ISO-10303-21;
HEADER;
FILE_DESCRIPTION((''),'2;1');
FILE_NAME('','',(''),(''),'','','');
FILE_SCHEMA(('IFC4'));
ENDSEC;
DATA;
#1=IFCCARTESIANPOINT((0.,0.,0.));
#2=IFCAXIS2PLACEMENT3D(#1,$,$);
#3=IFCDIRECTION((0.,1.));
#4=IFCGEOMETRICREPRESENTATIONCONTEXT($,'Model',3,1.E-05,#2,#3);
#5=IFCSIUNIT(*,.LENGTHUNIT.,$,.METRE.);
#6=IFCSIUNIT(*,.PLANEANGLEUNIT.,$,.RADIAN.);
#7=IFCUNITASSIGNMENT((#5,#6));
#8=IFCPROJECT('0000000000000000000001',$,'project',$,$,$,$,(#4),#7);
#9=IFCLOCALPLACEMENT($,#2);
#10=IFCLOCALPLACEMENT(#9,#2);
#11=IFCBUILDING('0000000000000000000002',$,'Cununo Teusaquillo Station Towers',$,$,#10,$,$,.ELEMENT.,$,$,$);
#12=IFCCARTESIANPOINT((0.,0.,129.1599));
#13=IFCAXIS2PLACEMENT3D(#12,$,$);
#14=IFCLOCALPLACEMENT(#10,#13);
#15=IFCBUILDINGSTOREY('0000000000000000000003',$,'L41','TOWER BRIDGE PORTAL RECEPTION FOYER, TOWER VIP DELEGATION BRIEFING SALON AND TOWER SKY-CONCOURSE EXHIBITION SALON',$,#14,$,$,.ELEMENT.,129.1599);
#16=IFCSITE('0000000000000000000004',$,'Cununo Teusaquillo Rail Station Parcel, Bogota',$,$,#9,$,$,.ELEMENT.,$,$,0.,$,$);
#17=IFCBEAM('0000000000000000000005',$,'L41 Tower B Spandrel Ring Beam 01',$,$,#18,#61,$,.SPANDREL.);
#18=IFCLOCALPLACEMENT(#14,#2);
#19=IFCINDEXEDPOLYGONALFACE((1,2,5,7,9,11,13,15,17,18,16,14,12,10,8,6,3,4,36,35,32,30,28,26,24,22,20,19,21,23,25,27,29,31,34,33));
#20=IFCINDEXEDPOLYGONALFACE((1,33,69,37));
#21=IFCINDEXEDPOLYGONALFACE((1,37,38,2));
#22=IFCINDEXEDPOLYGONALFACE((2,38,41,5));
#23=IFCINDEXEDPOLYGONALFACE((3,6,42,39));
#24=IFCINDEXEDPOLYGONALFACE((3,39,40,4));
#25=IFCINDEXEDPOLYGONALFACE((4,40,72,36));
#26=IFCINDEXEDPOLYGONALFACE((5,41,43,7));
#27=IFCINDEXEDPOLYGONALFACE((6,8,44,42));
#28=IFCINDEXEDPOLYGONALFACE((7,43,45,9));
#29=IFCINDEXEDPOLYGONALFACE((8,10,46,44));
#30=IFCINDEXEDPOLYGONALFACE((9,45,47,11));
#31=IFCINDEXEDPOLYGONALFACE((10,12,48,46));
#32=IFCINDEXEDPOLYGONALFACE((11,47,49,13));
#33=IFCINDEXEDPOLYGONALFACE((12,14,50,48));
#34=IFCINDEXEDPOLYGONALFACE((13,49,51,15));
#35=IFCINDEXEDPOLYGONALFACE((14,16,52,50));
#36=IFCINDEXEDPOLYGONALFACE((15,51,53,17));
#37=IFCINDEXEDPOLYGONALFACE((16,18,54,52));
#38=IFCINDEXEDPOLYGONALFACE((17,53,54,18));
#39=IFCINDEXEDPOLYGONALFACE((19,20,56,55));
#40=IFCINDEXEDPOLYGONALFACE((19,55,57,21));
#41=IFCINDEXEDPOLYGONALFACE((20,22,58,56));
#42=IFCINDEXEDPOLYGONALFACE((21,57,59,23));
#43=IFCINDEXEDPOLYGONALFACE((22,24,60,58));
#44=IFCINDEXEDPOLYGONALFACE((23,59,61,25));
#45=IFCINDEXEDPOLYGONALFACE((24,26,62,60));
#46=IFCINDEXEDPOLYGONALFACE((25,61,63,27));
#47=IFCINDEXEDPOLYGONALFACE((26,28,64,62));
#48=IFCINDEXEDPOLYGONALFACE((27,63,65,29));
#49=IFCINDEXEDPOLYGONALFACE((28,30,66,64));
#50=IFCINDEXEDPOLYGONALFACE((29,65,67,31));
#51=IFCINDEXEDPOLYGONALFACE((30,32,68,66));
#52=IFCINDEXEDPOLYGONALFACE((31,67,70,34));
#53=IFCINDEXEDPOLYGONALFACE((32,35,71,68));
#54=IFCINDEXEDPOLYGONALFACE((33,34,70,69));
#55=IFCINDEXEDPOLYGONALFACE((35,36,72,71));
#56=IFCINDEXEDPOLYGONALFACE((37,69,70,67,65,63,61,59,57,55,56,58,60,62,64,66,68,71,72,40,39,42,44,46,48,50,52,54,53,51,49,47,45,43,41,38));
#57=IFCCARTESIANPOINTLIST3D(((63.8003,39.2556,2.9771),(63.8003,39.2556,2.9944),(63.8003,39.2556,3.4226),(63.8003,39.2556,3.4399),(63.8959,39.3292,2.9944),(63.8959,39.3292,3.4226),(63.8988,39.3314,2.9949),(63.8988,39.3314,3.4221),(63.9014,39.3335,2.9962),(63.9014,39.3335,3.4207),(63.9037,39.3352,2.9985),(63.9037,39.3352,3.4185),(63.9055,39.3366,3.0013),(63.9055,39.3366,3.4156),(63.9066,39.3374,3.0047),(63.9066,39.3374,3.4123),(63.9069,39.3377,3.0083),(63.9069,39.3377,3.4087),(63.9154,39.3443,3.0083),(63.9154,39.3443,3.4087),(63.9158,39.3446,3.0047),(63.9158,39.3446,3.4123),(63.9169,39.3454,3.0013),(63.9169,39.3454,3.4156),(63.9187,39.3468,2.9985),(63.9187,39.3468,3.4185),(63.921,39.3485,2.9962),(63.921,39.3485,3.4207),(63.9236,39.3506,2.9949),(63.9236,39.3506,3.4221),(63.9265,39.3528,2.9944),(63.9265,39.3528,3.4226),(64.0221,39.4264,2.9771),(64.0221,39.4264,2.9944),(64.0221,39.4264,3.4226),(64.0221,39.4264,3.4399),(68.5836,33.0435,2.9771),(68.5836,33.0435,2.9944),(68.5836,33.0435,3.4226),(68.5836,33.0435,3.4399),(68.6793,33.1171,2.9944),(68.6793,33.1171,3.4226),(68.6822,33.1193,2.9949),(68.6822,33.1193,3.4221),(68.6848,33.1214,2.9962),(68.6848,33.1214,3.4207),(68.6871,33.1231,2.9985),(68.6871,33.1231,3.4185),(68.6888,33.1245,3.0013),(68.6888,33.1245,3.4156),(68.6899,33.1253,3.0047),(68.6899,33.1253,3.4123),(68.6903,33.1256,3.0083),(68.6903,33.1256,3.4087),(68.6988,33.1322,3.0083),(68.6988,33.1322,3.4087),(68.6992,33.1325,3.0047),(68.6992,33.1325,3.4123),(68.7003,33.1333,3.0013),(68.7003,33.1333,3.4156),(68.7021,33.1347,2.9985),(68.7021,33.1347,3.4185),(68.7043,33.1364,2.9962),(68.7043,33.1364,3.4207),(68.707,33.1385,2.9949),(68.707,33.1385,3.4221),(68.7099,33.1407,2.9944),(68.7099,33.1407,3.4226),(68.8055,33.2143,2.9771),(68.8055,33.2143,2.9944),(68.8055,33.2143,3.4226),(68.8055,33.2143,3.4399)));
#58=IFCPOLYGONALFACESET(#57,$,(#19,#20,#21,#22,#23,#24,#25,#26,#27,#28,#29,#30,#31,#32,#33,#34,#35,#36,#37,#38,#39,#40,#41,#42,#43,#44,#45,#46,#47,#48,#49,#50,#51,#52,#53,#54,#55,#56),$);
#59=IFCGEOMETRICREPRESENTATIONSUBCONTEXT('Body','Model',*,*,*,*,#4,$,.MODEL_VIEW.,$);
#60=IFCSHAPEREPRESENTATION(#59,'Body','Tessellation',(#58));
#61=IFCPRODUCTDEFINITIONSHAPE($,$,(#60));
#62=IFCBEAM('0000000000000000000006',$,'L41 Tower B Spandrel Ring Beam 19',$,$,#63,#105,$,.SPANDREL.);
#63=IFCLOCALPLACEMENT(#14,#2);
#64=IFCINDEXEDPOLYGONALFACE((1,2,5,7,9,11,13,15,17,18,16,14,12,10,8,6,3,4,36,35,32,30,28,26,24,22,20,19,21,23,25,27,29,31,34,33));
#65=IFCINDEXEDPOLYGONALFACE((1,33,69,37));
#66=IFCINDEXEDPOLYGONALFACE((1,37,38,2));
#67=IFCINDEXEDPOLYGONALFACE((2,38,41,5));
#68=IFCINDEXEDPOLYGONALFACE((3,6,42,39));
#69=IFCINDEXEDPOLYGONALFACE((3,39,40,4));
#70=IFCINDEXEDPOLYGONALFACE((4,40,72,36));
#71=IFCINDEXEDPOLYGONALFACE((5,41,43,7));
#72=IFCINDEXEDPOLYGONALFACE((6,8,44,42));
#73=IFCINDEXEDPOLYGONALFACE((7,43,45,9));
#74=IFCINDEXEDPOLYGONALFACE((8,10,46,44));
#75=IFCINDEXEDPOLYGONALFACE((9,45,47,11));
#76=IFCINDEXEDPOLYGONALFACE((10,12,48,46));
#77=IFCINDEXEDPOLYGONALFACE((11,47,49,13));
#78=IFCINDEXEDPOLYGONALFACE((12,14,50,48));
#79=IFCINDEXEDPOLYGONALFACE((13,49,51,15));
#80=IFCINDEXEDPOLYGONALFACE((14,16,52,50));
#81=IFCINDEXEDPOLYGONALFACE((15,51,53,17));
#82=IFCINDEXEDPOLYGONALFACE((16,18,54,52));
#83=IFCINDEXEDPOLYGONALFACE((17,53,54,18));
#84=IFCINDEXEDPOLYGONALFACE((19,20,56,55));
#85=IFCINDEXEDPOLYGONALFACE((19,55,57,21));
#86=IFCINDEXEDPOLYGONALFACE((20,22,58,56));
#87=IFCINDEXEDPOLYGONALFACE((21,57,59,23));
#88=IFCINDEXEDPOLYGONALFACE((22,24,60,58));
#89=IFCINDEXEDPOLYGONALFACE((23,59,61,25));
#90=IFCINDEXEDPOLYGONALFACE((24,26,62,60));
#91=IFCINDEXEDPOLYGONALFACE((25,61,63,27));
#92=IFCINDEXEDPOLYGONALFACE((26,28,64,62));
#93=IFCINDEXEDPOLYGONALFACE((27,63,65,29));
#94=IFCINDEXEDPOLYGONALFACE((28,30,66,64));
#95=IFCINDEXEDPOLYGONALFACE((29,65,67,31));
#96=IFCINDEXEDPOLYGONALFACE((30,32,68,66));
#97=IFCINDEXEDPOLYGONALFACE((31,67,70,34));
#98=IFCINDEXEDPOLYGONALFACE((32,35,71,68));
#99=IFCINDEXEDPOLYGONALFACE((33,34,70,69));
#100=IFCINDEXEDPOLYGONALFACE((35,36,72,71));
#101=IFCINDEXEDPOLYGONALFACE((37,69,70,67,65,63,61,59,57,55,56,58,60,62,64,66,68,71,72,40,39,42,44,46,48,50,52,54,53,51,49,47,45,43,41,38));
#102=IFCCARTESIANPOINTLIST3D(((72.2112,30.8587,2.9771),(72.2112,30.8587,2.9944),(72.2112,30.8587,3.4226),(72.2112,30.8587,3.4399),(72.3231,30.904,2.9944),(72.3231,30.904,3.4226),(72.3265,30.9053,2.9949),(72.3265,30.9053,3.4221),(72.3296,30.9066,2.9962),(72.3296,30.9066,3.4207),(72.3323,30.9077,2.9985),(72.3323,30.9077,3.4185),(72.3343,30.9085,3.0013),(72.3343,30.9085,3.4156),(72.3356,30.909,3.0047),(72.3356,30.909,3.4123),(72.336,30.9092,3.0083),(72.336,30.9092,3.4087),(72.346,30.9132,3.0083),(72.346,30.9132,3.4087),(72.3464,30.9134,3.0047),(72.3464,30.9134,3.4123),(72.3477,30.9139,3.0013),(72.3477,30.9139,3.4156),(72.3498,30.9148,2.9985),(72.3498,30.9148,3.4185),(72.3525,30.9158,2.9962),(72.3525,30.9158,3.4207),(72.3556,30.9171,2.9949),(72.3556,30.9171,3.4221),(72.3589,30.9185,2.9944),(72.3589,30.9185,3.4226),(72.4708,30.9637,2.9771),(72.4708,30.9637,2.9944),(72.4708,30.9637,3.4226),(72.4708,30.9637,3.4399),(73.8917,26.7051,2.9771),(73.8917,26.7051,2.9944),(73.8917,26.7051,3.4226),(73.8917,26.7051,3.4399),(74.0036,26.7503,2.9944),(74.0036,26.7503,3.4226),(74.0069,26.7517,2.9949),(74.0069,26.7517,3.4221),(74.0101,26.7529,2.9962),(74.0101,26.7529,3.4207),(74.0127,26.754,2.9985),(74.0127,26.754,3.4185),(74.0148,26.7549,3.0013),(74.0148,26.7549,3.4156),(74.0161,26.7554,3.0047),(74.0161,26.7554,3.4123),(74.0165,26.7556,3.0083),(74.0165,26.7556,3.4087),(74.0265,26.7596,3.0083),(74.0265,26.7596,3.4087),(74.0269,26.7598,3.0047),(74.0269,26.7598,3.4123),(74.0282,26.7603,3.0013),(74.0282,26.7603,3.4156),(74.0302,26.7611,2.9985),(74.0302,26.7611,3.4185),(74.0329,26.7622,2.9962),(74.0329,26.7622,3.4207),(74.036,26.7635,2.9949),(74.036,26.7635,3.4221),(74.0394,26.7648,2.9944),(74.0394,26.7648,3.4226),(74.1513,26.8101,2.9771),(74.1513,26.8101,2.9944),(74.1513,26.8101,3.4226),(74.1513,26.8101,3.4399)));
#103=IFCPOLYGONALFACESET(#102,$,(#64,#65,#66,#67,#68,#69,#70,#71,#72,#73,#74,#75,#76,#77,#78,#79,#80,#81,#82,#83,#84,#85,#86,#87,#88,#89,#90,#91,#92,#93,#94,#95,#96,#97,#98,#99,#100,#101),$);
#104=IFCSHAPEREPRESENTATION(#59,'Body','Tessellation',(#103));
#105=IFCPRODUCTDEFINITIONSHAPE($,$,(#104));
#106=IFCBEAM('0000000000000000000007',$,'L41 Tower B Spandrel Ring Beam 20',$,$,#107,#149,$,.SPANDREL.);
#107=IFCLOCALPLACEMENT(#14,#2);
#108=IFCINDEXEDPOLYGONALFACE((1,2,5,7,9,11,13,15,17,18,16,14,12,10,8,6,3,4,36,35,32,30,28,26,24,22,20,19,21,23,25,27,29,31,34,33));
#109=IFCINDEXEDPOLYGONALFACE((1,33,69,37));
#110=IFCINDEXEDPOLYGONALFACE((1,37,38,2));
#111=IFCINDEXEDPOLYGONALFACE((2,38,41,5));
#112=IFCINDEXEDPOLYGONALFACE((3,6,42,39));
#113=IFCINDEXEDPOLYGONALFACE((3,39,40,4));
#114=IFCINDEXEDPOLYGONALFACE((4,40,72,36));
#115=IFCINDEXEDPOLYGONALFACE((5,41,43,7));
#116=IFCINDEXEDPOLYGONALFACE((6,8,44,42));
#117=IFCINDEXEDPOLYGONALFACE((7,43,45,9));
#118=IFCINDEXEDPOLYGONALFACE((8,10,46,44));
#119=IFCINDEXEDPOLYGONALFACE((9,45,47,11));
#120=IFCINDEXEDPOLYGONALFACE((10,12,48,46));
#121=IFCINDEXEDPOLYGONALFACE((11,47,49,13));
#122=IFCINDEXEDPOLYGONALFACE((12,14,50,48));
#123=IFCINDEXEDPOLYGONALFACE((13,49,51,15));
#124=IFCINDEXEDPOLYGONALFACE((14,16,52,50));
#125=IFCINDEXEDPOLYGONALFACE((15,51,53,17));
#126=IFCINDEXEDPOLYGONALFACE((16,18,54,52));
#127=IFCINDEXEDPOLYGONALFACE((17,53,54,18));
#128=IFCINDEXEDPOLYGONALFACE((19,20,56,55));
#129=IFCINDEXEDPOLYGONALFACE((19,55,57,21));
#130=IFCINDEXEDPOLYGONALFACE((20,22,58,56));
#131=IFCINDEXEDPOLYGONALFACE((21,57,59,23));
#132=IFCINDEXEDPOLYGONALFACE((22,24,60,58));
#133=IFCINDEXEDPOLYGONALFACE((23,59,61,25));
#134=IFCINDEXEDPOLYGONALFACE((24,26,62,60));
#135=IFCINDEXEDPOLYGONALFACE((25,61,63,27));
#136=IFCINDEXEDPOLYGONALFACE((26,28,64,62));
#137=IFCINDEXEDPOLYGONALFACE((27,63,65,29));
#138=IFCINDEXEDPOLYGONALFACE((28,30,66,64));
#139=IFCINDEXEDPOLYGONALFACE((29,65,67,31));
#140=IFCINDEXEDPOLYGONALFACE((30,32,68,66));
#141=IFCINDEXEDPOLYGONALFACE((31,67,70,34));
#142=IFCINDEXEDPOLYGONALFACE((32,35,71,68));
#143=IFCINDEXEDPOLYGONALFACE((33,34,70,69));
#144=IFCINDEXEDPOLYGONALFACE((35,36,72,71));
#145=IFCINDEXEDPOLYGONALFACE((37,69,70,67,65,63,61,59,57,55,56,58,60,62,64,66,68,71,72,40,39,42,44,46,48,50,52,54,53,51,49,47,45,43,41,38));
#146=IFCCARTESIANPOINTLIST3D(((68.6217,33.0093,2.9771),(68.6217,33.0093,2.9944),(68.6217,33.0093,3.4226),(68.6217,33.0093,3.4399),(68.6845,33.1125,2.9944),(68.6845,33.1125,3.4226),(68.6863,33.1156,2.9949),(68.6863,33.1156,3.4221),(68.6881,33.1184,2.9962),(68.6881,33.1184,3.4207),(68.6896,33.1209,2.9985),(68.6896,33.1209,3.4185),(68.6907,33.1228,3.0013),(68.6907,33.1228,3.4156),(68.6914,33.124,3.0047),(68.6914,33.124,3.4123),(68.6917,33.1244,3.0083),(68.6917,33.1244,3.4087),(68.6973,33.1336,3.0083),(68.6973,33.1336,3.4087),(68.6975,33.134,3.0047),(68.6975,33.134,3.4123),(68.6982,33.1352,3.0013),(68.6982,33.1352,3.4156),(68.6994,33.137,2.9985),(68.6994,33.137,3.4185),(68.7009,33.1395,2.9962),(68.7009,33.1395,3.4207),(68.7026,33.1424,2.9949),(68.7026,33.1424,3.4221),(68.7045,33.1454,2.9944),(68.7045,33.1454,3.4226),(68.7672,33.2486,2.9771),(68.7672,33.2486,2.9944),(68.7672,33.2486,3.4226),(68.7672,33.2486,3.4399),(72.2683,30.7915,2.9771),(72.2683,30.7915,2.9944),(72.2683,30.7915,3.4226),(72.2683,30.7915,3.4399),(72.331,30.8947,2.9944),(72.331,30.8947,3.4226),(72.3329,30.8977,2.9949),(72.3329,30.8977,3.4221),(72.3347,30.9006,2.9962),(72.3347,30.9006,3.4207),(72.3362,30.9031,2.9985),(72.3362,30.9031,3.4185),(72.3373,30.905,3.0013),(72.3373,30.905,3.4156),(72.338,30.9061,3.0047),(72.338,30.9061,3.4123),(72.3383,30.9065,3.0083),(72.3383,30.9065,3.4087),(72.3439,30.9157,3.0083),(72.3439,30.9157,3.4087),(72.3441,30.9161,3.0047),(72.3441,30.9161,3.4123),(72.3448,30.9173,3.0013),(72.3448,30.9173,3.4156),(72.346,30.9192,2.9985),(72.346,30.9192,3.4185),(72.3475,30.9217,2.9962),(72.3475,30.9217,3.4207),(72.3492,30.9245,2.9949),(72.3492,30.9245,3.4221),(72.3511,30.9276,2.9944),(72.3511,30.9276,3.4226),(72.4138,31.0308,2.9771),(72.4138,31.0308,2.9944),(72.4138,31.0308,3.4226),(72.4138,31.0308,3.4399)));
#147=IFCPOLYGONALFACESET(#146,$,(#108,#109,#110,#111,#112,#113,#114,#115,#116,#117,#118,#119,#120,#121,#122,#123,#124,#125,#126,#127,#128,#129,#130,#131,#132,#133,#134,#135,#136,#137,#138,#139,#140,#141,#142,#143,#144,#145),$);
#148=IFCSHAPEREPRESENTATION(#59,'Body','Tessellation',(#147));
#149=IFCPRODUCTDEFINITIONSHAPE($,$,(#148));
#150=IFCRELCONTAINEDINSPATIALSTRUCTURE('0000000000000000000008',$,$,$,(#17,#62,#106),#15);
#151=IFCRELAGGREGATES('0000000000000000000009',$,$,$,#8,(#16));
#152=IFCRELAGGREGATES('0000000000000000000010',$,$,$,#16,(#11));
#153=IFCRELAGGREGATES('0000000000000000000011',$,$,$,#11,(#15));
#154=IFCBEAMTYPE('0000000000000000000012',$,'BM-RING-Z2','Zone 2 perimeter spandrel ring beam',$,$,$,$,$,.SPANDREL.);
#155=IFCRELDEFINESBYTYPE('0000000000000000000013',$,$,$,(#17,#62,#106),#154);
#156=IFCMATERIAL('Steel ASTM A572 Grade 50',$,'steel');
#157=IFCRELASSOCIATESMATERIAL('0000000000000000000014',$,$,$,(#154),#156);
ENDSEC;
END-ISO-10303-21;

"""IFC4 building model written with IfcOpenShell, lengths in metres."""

from ifc_helpers import new_model, si_unit, direction, frame, origin, origin_2d, place, context, subcontext, project, spatial, i_section, extrude, material, material_profile, profile_set, type_object, element, save


model = new_model("IFC4")

# Units and contexts
model_context = context("Model", 3, precision=1e-05, world=origin(), true_north=direction((0.0, 1.0)))
body_context = subcontext(model_context, "Body", "Model", "MODEL_VIEW")
ifc_project = project(units=[si_unit("LENGTHUNIT", "METRE"), si_unit("PLANEANGLEUNIT", "RADIAN")], contexts=[model_context])

# Site, building, storey
site_placement = place(None, origin())
site = spatial("IfcSite", under=ifc_project, at=site_placement, Name="Cununo Teusaquillo Rail Station Parcel, Bogota", CompositionType="ELEMENT", RefElevation=0.0)
building_placement = place(site_placement, origin())
building = spatial("IfcBuilding", under=site, at=building_placement, Name="Cununo Teusaquillo Station Towers", CompositionType="ELEMENT")
storey_placement = place(building_placement, frame((0.0, 0.0, 129.1599)))
storey = spatial("IfcBuildingStorey", under=building, at=storey_placement, Name="L41", Description="TOWER BRIDGE PORTAL RECEPTION FOYER, TOWER VIP DELEGATION BRIEFING SALON AND TOWER SKY-CONCOURSE EXHIBITION SALON", CompositionType="ELEMENT", Elevation=129.1599)

# Beams
ifc_material_1 = material(Name="Steel ASTM A572 Grade 50", Category="steel")
ifc_material_profile_1 = material_profile(ifc_material_1, i_section(OverallWidth=0.28, OverallDepth=0.4629, WebThickness=0.0107, FlangeThickness=0.0173, FilletRadius=0.0139, at=origin_2d()), Name="W18X76")
ifc_profile_set_1 = profile_set([ifc_material_profile_1], Name="Steel ASTM A572 Grade 50")
beam_type = type_object("IfcBeamType", Name="BM-RING-Z2", Description="Zone 2 perimeter spandrel ring beam", PredefinedType="SPANDREL", material=ifc_profile_set_1)
beam_1_placement = place(storey_placement, frame((68.6946, 33.1289, 3.2085), z_axis=(-0.6101, 0.792324, 0.0), x_axis=(-0.792324, -0.6101, 0.0)))
element("IfcBeam", 1, at=beam_1_placement, inside=storey, type_object=beam_type, Name="L41 Tower B Spandrel Ring Beam 01", PredefinedType="SPANDREL", context=body_context, shape_type="SweptSolid", body=[
    extrude(i_section(OverallWidth=0.28, OverallDepth=0.4629, WebThickness=0.0107, FlangeThickness=0.0173, FilletRadius=0.0139, at=origin_2d()), origin(), (0.0, 0.0, 1.0), 7.8403),
])
beam_2_placement = place(storey_placement, frame((74.0215, 26.7576, 3.2085), z_axis=(-0.375042, 0.927008, 0.0), x_axis=(-0.927008, -0.375042, 0.0)))
element("IfcBeam", 2, at=beam_2_placement, inside=storey, type_object=beam_type, Name="L41 Tower B Spandrel Ring Beam 19", PredefinedType="SPANDREL", context=body_context, shape_type="SweptSolid", body=[
    extrude(i_section(OverallWidth=0.28, OverallDepth=0.4629, WebThickness=0.0107, FlangeThickness=0.0173, FilletRadius=0.0139, at=origin_2d()), origin(), (0.0, 0.0, 1.0), 4.4807),
])
beam_3_placement = place(storey_placement, frame((72.3411, 30.9111, 3.2085), z_axis=(-0.854388, 0.519635, 0.0), x_axis=(-0.519635, -0.854388, 0.0)))
element("IfcBeam", 3, at=beam_3_placement, inside=storey, type_object=beam_type, Name="L41 Tower B Spandrel Ring Beam 20", PredefinedType="SPANDREL", context=body_context, shape_type="SweptSolid", body=[
    extrude(i_section(OverallWidth=0.28, OverallDepth=0.4629, WebThickness=0.0107, FlangeThickness=0.0173, FilletRadius=0.0139, at=origin_2d()), origin(), (0.0, 0.0, 1.0), 4.2681),
])

save(model, "model.ifc")
